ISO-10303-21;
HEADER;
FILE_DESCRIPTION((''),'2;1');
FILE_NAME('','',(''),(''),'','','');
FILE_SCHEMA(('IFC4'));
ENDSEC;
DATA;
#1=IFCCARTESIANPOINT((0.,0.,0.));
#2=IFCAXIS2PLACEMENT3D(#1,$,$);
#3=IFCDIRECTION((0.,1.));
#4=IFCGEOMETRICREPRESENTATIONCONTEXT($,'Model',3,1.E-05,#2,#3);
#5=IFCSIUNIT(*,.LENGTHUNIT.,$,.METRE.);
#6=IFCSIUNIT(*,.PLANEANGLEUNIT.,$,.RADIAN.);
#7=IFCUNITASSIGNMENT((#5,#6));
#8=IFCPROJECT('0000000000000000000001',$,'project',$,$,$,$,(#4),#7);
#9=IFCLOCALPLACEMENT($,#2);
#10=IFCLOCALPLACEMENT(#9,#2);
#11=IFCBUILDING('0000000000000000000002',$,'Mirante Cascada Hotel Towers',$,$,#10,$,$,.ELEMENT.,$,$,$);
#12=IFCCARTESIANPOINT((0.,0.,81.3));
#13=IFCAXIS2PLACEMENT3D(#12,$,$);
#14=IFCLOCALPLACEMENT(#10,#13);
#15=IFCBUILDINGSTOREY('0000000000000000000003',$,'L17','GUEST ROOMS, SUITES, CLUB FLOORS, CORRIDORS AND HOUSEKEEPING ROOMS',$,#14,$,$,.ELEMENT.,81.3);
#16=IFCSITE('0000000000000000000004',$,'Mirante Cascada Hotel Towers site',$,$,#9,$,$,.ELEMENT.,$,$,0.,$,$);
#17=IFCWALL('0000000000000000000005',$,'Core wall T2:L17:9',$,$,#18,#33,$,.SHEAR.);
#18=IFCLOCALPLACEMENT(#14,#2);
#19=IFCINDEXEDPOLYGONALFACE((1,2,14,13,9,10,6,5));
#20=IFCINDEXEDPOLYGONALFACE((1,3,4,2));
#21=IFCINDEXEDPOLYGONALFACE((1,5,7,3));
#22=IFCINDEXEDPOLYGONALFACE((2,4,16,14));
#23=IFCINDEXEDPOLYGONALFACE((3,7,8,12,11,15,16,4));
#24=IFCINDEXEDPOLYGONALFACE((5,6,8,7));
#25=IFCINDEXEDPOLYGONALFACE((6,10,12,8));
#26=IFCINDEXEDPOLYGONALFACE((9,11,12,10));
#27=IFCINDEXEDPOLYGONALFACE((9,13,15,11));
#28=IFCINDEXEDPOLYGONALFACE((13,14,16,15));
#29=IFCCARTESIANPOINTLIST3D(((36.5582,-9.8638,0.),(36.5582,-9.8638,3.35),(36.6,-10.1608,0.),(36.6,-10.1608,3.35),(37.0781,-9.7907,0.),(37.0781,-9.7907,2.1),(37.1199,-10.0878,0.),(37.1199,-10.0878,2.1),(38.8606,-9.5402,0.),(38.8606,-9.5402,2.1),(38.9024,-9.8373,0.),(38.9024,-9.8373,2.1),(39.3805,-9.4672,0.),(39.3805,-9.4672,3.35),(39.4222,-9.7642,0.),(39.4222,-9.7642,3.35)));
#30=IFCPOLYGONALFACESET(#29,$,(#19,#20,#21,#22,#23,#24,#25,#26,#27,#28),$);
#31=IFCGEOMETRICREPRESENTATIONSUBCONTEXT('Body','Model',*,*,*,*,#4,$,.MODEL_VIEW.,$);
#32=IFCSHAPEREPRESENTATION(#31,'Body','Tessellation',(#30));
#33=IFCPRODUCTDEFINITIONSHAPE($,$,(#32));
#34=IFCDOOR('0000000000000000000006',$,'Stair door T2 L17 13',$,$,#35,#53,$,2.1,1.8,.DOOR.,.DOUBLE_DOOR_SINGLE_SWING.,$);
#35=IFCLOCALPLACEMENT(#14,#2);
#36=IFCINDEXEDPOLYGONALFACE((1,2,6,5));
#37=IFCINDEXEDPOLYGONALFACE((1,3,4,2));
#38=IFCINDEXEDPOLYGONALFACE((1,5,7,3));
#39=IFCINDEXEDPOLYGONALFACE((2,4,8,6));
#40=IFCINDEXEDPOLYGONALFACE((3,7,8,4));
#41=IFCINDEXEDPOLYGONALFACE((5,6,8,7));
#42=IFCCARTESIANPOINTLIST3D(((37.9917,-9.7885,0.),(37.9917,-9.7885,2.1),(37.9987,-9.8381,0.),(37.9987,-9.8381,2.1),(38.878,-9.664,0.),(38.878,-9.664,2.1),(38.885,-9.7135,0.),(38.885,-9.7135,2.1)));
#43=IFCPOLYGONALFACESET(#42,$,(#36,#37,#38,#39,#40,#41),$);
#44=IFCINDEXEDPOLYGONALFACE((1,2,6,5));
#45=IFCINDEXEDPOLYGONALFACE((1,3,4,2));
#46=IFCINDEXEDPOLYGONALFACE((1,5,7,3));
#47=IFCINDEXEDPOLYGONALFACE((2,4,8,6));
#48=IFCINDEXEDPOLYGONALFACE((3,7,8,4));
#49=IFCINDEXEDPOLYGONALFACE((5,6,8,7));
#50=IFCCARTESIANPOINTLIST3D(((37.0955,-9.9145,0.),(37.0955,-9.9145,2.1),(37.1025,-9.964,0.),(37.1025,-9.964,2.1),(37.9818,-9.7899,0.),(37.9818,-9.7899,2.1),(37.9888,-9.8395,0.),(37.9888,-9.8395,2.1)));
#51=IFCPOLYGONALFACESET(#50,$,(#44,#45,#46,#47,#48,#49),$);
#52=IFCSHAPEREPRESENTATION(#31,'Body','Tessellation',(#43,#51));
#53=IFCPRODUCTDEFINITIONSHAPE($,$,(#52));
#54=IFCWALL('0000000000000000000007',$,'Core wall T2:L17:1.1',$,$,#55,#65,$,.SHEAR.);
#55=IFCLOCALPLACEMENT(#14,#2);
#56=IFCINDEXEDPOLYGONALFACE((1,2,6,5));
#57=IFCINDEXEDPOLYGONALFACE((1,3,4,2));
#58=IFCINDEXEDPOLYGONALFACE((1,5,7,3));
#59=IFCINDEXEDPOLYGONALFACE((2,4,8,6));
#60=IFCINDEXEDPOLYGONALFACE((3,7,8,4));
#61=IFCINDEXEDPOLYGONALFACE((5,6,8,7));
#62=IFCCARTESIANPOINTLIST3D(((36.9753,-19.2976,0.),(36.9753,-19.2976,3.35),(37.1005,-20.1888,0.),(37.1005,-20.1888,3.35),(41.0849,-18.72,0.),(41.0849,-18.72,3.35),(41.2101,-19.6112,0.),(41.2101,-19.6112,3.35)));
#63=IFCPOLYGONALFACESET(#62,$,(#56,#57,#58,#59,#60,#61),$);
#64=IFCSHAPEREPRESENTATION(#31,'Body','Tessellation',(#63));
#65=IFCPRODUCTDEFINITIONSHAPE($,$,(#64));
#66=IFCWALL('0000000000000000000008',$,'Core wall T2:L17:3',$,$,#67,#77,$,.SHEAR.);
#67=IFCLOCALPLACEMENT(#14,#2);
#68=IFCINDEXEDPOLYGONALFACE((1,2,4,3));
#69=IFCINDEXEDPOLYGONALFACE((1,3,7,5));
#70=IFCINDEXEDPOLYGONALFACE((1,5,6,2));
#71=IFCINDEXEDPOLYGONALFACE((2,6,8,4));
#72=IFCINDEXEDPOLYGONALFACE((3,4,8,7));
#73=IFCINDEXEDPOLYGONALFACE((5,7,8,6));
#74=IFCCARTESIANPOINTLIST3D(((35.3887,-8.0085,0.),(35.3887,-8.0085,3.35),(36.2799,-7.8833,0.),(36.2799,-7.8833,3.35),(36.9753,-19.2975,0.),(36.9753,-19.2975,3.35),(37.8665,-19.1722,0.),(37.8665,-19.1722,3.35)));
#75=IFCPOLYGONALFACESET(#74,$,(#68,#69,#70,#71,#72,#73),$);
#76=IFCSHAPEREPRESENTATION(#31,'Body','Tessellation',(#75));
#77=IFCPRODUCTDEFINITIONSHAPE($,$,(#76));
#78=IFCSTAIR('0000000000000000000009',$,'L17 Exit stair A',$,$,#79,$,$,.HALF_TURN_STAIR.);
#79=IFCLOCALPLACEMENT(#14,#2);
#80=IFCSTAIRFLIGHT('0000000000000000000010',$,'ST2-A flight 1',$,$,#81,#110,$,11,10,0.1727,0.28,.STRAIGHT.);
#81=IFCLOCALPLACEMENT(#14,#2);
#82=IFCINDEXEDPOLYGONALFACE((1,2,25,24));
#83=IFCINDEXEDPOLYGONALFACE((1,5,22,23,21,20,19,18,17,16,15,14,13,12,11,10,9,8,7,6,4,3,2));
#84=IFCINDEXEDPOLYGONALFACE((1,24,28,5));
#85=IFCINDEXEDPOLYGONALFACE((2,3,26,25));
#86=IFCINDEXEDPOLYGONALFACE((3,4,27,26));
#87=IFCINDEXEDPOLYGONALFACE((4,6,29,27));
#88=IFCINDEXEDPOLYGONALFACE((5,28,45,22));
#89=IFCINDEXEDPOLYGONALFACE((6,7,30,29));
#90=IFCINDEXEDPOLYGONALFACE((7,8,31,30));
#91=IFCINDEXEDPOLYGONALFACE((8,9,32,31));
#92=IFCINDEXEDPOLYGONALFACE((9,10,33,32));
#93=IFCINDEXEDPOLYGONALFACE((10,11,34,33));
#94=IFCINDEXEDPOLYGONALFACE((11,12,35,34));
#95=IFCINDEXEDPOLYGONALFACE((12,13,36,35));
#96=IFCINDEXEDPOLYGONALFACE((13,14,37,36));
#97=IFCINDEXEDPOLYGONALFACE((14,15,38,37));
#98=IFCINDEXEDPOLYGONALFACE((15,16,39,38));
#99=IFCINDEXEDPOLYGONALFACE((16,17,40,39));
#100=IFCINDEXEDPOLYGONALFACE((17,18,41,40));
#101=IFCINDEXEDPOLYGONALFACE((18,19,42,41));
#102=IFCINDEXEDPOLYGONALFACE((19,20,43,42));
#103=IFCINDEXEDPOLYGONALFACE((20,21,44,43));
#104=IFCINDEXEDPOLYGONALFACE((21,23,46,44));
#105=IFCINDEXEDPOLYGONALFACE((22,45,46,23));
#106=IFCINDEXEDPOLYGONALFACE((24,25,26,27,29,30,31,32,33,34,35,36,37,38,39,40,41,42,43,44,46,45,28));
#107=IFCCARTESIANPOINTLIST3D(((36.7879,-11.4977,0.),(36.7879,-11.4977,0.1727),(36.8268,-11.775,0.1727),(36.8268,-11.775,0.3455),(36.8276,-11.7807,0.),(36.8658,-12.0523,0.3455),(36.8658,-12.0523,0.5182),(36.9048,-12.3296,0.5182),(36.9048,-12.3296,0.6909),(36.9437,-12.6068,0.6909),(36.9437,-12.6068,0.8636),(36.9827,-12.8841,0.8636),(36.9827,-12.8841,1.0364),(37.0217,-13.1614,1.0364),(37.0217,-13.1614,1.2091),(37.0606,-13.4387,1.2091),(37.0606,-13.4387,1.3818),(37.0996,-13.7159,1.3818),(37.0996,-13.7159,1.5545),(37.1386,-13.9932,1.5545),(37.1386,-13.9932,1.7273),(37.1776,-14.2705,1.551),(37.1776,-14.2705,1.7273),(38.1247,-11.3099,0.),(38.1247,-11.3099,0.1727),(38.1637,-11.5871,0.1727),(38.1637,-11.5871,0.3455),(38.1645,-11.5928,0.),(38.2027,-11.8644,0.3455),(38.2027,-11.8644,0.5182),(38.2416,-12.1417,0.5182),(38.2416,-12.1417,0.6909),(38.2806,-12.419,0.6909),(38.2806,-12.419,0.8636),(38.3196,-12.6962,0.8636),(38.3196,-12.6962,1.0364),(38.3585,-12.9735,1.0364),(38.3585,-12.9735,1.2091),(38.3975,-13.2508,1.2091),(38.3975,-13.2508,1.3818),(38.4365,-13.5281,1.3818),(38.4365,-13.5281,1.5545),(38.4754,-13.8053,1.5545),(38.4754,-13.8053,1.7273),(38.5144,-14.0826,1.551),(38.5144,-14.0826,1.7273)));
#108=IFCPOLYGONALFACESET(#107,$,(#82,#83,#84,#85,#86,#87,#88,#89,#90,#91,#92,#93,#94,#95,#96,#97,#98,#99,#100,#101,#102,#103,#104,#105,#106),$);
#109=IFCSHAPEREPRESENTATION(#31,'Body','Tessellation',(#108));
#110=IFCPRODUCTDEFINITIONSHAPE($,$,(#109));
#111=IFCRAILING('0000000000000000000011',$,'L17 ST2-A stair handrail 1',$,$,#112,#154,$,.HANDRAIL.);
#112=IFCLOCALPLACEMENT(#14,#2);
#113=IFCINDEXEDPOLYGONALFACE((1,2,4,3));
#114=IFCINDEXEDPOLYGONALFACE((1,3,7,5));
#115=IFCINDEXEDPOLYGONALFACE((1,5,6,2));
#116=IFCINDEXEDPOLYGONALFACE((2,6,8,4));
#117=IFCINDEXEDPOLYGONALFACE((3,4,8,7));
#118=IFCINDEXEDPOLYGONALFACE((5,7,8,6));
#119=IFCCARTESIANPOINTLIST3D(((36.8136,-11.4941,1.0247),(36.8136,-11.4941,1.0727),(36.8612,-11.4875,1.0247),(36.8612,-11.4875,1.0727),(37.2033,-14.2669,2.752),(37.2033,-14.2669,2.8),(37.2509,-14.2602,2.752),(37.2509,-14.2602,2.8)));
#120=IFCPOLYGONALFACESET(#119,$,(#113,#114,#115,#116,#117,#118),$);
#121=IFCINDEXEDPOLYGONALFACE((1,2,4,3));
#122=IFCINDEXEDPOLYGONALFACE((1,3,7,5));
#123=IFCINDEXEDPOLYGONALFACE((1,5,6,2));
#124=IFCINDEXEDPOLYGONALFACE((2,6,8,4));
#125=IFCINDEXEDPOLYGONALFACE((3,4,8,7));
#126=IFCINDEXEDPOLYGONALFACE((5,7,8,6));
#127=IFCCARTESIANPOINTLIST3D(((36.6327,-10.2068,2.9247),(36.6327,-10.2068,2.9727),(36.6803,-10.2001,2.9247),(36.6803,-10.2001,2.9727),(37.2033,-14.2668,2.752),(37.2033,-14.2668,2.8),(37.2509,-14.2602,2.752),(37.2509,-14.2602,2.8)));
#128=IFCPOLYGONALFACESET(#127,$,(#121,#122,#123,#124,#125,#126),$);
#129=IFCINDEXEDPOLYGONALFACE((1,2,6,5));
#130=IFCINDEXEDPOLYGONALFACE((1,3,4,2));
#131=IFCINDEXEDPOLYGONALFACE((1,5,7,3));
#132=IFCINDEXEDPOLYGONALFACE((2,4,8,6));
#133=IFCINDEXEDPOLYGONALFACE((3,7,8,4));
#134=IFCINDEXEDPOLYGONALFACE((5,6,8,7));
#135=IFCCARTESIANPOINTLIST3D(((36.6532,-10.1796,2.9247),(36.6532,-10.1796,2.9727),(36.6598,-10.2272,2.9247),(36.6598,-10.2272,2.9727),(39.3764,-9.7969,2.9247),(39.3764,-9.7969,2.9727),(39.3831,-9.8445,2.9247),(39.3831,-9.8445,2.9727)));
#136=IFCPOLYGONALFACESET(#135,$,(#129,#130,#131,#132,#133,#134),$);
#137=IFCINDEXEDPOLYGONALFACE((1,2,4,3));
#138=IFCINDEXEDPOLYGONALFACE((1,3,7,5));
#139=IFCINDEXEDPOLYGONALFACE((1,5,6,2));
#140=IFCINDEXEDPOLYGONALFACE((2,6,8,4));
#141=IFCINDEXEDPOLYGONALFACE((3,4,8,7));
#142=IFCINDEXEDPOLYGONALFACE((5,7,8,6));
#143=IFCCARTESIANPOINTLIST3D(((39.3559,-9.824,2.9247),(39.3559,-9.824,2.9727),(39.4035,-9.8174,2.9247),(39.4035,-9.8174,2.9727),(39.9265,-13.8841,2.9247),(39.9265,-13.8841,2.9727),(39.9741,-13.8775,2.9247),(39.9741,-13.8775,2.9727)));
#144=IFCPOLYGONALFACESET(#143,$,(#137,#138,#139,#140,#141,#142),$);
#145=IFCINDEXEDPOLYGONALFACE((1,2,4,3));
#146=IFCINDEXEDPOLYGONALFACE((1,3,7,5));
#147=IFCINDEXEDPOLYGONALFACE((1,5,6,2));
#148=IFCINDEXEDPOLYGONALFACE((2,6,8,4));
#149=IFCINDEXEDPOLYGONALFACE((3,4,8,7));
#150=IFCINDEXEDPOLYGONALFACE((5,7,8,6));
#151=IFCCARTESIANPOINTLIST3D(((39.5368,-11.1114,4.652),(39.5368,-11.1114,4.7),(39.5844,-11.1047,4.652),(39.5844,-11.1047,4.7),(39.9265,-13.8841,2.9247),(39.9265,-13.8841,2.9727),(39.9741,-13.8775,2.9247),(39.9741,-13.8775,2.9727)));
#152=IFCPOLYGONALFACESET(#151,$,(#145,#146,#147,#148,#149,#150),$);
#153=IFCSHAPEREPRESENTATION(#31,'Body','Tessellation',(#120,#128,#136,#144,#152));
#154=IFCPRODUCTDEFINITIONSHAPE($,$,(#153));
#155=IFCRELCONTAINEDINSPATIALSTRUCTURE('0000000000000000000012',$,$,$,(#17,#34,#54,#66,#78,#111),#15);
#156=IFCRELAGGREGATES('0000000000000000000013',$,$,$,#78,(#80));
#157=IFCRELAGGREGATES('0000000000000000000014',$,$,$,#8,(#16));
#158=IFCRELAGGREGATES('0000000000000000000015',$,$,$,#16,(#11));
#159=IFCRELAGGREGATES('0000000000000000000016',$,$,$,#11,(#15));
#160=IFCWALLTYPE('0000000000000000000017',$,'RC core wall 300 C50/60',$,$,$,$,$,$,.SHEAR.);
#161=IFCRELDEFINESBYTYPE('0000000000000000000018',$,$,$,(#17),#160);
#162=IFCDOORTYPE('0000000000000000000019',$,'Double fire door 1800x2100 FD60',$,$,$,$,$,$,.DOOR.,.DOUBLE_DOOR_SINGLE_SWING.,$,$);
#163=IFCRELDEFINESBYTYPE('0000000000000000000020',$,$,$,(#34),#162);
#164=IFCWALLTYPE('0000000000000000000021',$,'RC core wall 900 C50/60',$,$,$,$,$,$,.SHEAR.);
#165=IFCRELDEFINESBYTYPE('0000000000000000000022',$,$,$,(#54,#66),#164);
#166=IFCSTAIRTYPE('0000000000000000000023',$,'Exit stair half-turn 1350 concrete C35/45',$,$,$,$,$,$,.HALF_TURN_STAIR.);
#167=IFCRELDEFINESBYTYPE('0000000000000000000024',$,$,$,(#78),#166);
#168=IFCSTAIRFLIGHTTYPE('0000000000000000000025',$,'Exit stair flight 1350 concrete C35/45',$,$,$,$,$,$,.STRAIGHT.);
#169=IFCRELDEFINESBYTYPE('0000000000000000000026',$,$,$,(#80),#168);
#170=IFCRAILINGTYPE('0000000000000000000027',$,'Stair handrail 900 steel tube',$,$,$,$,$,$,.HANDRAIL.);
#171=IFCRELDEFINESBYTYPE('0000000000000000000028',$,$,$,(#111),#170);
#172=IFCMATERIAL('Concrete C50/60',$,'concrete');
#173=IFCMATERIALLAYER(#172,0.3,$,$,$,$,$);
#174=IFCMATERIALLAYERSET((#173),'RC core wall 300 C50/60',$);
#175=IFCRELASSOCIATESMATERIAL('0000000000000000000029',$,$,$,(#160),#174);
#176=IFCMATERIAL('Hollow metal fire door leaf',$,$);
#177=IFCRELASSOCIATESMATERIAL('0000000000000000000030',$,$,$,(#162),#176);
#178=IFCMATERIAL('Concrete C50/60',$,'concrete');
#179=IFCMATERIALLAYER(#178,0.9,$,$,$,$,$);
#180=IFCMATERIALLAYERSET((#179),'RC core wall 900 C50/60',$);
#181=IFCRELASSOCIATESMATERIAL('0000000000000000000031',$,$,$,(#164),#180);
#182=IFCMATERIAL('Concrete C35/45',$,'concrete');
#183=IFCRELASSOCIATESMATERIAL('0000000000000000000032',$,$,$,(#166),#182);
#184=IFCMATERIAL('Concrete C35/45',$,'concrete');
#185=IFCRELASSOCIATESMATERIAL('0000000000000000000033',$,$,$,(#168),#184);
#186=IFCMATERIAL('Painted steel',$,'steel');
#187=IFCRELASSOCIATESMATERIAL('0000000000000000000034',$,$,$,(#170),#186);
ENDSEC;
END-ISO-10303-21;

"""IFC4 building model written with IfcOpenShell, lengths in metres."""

from ifc_helpers import new_model, si_unit, direction, frame, frame_2d, origin, origin_2d, place, context, subcontext, project, spatial, polyline, rectangle, outline, extrude, material, layer, layer_set, type_object, element, fill, aggregate, save


model = new_model("IFC4")

# Units and contexts
model_context = context("Model", 3, precision=1e-05, world=origin(), true_north=direction((0.0, 1.0)))
body_context = subcontext(model_context, "Body", "Model", "MODEL_VIEW")
ifc_project = project(units=[si_unit("LENGTHUNIT", "METRE"), si_unit("PLANEANGLEUNIT", "RADIAN")], contexts=[model_context])

# Site, building, storey
site_placement = place(None, origin())
site = spatial("IfcSite", under=ifc_project, at=site_placement, Name="Mirante Cascada Hotel Towers site", CompositionType="ELEMENT", RefElevation=0.0)
building_placement = place(site_placement, origin())
building = spatial("IfcBuilding", under=site, at=building_placement, Name="Mirante Cascada Hotel Towers", CompositionType="ELEMENT")
storey_placement = place(building_placement, frame((0.0, 0.0, 81.3)))
storey = spatial("IfcBuildingStorey", under=building, at=storey_placement, Name="L17", Description="GUEST ROOMS, SUITES, CLUB FLOORS, CORRIDORS AND HOUSEKEEPING ROOMS", CompositionType="ELEMENT", Elevation=81.3)

# Wall, opening, door
ifc_material_1 = material(Name="Concrete C50/60", Category="concrete")
ifc_layer_1 = layer(ifc_material_1, 0.3)
ifc_layer_set_1 = layer_set([ifc_layer_1], Name="RC core wall 300 C50/60")
wall_type_1 = type_object("IfcWallType", Name="RC core wall 300 C50/60", PredefinedType="SHEAR", material=ifc_layer_set_1)
wall_1_placement = place(storey_placement, frame((36.5791, -10.0123, 0.0), z_axis=(0.0, 0.0, 1.0), x_axis=(0.99027, 0.139156, 0.0)))
wall_1 = element("IfcWall", 1, at=wall_1_placement, inside=storey, type_object=wall_type_1, Name="Core wall T2:L17:9", PredefinedType="SHEAR", context=body_context, shape_type="SweptSolid", body=[
    extrude(rectangle(XDim=2.85, YDim=0.3, at=frame_2d((1.425, 0.0))), origin(), (0.0, 0.0, 1.0), 3.35),
])
opening_1_placement = place(wall_1_placement, frame((0.525, 0.0, 0.0)))
opening_1 = element("IfcOpeningElement", 2, at=opening_1_placement, cuts=wall_1, PredefinedType="OPENING", context=body_context, shape_type="SweptSolid", body=[
    extrude(rectangle(XDim=1.8, YDim=2.1, at=frame_2d((0.9, 1.05))), frame((0.0, 0.15, 0.0), z_axis=(0.0, -1.0, 0.0), x_axis=(1.0, 0.0, 0.0)), (0.0, 0.0, 1.0), 0.3),
])
ifc_material_2 = material(Name="Hollow metal fire door leaf")
door_type_1 = type_object("IfcDoorType", Name="Double fire door 1800x2100 FD60", OperationType="DOUBLE_DOOR_SINGLE_SWING", PredefinedType="DOOR", material=ifc_material_2)
door_1_placement = place(opening_1_placement, frame((1.8, 0.0, 0.0), z_axis=(0.0, 0.0, 1.0), x_axis=(-1.0, 0.0, 0.0)))
door_1 = element("IfcDoor", 3, at=door_1_placement, inside=storey, type_object=door_type_1, Name="Stair door T2 L17 13", OperationType="DOUBLE_DOOR_SINGLE_SWING", OverallHeight=2.1, OverallWidth=1.8, PredefinedType="DOOR", context=body_context, shape_type="SweptSolid", body=[
    extrude(rectangle(XDim=0.895, YDim=2.1, at=frame_2d((0.4475, 1.05))), frame((0.0, 0.025, 0.0), z_axis=(0.0, -1.0, 0.0), x_axis=(1.0, 0.0, 0.0)), (0.0, 0.0, 1.0), 0.05),
    extrude(rectangle(XDim=0.895, YDim=2.1, at=frame_2d((1.3525, 1.05))), frame((0.0, 0.025, 0.0), z_axis=(0.0, -1.0, 0.0), x_axis=(1.0, 0.0, 0.0)), (0.0, 0.0, 1.0), 0.05),
])
fill(opening_1, door_1)

# Wall
ifc_material_3 = material(Name="Concrete C50/60", Category="concrete")
ifc_layer_2 = layer(ifc_material_3, 0.9)
ifc_layer_set_2 = layer_set([ifc_layer_2], Name="RC core wall 900 C50/60")
wall_type_2 = type_object("IfcWallType", Name="RC core wall 900 C50/60", PredefinedType="SHEAR", material=ifc_layer_set_2)
wall_2_placement = place(storey_placement, frame((37.0379, -19.7432, 0.0), z_axis=(0.0, 0.0, 1.0), x_axis=(0.990267, 0.139181, 0.0)))
element("IfcWall", 4, at=wall_2_placement, inside=storey, type_object=wall_type_2, Name="Core wall T2:L17:1.1", PredefinedType="SHEAR", context=body_context, shape_type="SweptSolid", body=[
    extrude(rectangle(XDim=4.15, YDim=0.9, at=frame_2d((2.075, 0.0))), origin(), (0.0, 0.0, 1.0), 3.35),
])

# Wall
wall_3_placement = place(storey_placement, frame((37.4209, -19.2349, 0.0), z_axis=(0.0, 0.0, 1.0), x_axis=(-0.139176, 0.990268, 0.0)))
element("IfcWall", 5, at=wall_3_placement, inside=storey, type_object=wall_type_2, Name="Core wall T2:L17:3", PredefinedType="SHEAR", context=body_context, shape_type="SweptSolid", body=[
    extrude(rectangle(XDim=11.3999, YDim=0.9, at=frame_2d((5.7, 0.0))), origin(), (0.0, 0.0, 1.0), 3.35),
])

# Stair, stair flight
ifc_material_4 = material(Name="Concrete C35/45", Category="concrete")
stair_type = type_object("IfcStairType", Name="Exit stair half-turn 1350 concrete C35/45", PredefinedType="HALF_TURN_STAIR", material=ifc_material_4)
stair_placement = place(storey_placement, origin())
stair = element("IfcStair", 6, at=stair_placement, inside=storey, type_object=stair_type, Name="L17 Exit stair A", PredefinedType="HALF_TURN_STAIR")
ifc_material_5 = material(Name="Concrete C35/45", Category="concrete")
stair_flight_type = type_object("IfcStairFlightType", Name="Exit stair flight 1350 concrete C35/45", PredefinedType="STRAIGHT", material=ifc_material_5)
stair_flight_placement = place(storey_placement, frame((37.4563, -11.4038, 0.0), z_axis=(0.0, 0.0, 1.0), x_axis=(0.139173, -0.990268, 0.0)))
stair_flight = element("IfcStairFlight", 7, at=stair_flight_placement, type_object=stair_flight_type, Name="ST2-A flight 1", NumberOfRisers=11, NumberOfTreads=10, PredefinedType="STRAIGHT", RiserHeight=0.1727, TreadLength=0.28, context=body_context, shape_type="SweptSolid", body=[
    extrude(outline(polyline([(0.0, 0.0), (0.0, 0.1727), (0.28, 0.1727), (0.28, 0.3455), (0.56, 0.3455), (0.56, 0.5182), (0.84, 0.5182), (0.84, 0.6909), (1.12, 0.6909), (1.12, 0.8636), (1.4, 0.8636), (1.4, 1.0364), (1.68, 1.0364), (1.68, 1.2091), (1.96, 1.2091), (1.96, 1.3818), (2.24, 1.3818), (2.24, 1.5545), (2.52, 1.5545), (2.52, 1.7273), (2.8, 1.7273), (2.8, 1.9), (2.8, 1.551), (0.2857, 0.0), (0.0, 0.0)])), frame((0.0, 0.675, 0.0), z_axis=(0.0, -1.0, 0.0), x_axis=(1.0, 0.0, 0.0)), (0.0, 0.0, 1.0), 1.35),
])
aggregate(stair, [stair_flight])

# Railing
ifc_material_6 = material(Name="Painted steel", Category="steel")
railing_type = type_object("IfcRailingType", Name="Stair handrail 900 steel tube", PredefinedType="HANDRAIL", material=ifc_material_6)
railing_placement = place(storey_placement, frame((36.8374, -11.4908, 0.1727)))
element("IfcRailing", 8, at=railing_placement, inside=storey, type_object=railing_type, Name="L17 ST2-A stair handrail 1", PredefinedType="HANDRAIL", context=body_context, shape_type="SweptSolid", body=[
    extrude(rectangle(XDim=0.048, YDim=0.048, at=origin_2d()), frame((0.0, 0.0, 0.876), z_axis=(0.139181, -0.990267, 0.0), x_axis=(0.990267, 0.139181, 0.0)), (0.0, 0.525035, 0.851081), 3.2899),
    extrude(rectangle(XDim=0.048, YDim=0.048, at=origin_2d()), frame((0.3897, -2.7727, 2.6033), z_axis=(-0.139171, 0.990268, 0.0), x_axis=(-0.990268, -0.139171, 0.0)), (0.0, 0.042085, 0.999114), 4.1036),
    extrude(rectangle(XDim=0.048, YDim=0.048, at=origin_2d()), frame((-0.1809, 1.2874, 2.776), z_axis=(0.990269, 0.139166, 0.0), x_axis=(-0.139166, 0.990269, 0.0)), (0.0, 0.0, 1.0), 2.75),
    extrude(rectangle(XDim=0.048, YDim=0.048, at=origin_2d()), frame((2.5423, 1.6701, 2.776), z_axis=(0.139171, -0.990268, 0.0), x_axis=(0.990268, 0.139171, 0.0)), (0.0, 0.0, 1.0), 4.1),
    extrude(rectangle(XDim=0.048, YDim=0.048, at=origin_2d()), frame((3.1129, -2.39, 2.776), z_axis=(-0.139181, 0.990267, 0.0), x_axis=(-0.990267, -0.139181, 0.0)), (0.0, 0.525035, 0.851081), 3.2899),
])

save(model, "model.ifc")
